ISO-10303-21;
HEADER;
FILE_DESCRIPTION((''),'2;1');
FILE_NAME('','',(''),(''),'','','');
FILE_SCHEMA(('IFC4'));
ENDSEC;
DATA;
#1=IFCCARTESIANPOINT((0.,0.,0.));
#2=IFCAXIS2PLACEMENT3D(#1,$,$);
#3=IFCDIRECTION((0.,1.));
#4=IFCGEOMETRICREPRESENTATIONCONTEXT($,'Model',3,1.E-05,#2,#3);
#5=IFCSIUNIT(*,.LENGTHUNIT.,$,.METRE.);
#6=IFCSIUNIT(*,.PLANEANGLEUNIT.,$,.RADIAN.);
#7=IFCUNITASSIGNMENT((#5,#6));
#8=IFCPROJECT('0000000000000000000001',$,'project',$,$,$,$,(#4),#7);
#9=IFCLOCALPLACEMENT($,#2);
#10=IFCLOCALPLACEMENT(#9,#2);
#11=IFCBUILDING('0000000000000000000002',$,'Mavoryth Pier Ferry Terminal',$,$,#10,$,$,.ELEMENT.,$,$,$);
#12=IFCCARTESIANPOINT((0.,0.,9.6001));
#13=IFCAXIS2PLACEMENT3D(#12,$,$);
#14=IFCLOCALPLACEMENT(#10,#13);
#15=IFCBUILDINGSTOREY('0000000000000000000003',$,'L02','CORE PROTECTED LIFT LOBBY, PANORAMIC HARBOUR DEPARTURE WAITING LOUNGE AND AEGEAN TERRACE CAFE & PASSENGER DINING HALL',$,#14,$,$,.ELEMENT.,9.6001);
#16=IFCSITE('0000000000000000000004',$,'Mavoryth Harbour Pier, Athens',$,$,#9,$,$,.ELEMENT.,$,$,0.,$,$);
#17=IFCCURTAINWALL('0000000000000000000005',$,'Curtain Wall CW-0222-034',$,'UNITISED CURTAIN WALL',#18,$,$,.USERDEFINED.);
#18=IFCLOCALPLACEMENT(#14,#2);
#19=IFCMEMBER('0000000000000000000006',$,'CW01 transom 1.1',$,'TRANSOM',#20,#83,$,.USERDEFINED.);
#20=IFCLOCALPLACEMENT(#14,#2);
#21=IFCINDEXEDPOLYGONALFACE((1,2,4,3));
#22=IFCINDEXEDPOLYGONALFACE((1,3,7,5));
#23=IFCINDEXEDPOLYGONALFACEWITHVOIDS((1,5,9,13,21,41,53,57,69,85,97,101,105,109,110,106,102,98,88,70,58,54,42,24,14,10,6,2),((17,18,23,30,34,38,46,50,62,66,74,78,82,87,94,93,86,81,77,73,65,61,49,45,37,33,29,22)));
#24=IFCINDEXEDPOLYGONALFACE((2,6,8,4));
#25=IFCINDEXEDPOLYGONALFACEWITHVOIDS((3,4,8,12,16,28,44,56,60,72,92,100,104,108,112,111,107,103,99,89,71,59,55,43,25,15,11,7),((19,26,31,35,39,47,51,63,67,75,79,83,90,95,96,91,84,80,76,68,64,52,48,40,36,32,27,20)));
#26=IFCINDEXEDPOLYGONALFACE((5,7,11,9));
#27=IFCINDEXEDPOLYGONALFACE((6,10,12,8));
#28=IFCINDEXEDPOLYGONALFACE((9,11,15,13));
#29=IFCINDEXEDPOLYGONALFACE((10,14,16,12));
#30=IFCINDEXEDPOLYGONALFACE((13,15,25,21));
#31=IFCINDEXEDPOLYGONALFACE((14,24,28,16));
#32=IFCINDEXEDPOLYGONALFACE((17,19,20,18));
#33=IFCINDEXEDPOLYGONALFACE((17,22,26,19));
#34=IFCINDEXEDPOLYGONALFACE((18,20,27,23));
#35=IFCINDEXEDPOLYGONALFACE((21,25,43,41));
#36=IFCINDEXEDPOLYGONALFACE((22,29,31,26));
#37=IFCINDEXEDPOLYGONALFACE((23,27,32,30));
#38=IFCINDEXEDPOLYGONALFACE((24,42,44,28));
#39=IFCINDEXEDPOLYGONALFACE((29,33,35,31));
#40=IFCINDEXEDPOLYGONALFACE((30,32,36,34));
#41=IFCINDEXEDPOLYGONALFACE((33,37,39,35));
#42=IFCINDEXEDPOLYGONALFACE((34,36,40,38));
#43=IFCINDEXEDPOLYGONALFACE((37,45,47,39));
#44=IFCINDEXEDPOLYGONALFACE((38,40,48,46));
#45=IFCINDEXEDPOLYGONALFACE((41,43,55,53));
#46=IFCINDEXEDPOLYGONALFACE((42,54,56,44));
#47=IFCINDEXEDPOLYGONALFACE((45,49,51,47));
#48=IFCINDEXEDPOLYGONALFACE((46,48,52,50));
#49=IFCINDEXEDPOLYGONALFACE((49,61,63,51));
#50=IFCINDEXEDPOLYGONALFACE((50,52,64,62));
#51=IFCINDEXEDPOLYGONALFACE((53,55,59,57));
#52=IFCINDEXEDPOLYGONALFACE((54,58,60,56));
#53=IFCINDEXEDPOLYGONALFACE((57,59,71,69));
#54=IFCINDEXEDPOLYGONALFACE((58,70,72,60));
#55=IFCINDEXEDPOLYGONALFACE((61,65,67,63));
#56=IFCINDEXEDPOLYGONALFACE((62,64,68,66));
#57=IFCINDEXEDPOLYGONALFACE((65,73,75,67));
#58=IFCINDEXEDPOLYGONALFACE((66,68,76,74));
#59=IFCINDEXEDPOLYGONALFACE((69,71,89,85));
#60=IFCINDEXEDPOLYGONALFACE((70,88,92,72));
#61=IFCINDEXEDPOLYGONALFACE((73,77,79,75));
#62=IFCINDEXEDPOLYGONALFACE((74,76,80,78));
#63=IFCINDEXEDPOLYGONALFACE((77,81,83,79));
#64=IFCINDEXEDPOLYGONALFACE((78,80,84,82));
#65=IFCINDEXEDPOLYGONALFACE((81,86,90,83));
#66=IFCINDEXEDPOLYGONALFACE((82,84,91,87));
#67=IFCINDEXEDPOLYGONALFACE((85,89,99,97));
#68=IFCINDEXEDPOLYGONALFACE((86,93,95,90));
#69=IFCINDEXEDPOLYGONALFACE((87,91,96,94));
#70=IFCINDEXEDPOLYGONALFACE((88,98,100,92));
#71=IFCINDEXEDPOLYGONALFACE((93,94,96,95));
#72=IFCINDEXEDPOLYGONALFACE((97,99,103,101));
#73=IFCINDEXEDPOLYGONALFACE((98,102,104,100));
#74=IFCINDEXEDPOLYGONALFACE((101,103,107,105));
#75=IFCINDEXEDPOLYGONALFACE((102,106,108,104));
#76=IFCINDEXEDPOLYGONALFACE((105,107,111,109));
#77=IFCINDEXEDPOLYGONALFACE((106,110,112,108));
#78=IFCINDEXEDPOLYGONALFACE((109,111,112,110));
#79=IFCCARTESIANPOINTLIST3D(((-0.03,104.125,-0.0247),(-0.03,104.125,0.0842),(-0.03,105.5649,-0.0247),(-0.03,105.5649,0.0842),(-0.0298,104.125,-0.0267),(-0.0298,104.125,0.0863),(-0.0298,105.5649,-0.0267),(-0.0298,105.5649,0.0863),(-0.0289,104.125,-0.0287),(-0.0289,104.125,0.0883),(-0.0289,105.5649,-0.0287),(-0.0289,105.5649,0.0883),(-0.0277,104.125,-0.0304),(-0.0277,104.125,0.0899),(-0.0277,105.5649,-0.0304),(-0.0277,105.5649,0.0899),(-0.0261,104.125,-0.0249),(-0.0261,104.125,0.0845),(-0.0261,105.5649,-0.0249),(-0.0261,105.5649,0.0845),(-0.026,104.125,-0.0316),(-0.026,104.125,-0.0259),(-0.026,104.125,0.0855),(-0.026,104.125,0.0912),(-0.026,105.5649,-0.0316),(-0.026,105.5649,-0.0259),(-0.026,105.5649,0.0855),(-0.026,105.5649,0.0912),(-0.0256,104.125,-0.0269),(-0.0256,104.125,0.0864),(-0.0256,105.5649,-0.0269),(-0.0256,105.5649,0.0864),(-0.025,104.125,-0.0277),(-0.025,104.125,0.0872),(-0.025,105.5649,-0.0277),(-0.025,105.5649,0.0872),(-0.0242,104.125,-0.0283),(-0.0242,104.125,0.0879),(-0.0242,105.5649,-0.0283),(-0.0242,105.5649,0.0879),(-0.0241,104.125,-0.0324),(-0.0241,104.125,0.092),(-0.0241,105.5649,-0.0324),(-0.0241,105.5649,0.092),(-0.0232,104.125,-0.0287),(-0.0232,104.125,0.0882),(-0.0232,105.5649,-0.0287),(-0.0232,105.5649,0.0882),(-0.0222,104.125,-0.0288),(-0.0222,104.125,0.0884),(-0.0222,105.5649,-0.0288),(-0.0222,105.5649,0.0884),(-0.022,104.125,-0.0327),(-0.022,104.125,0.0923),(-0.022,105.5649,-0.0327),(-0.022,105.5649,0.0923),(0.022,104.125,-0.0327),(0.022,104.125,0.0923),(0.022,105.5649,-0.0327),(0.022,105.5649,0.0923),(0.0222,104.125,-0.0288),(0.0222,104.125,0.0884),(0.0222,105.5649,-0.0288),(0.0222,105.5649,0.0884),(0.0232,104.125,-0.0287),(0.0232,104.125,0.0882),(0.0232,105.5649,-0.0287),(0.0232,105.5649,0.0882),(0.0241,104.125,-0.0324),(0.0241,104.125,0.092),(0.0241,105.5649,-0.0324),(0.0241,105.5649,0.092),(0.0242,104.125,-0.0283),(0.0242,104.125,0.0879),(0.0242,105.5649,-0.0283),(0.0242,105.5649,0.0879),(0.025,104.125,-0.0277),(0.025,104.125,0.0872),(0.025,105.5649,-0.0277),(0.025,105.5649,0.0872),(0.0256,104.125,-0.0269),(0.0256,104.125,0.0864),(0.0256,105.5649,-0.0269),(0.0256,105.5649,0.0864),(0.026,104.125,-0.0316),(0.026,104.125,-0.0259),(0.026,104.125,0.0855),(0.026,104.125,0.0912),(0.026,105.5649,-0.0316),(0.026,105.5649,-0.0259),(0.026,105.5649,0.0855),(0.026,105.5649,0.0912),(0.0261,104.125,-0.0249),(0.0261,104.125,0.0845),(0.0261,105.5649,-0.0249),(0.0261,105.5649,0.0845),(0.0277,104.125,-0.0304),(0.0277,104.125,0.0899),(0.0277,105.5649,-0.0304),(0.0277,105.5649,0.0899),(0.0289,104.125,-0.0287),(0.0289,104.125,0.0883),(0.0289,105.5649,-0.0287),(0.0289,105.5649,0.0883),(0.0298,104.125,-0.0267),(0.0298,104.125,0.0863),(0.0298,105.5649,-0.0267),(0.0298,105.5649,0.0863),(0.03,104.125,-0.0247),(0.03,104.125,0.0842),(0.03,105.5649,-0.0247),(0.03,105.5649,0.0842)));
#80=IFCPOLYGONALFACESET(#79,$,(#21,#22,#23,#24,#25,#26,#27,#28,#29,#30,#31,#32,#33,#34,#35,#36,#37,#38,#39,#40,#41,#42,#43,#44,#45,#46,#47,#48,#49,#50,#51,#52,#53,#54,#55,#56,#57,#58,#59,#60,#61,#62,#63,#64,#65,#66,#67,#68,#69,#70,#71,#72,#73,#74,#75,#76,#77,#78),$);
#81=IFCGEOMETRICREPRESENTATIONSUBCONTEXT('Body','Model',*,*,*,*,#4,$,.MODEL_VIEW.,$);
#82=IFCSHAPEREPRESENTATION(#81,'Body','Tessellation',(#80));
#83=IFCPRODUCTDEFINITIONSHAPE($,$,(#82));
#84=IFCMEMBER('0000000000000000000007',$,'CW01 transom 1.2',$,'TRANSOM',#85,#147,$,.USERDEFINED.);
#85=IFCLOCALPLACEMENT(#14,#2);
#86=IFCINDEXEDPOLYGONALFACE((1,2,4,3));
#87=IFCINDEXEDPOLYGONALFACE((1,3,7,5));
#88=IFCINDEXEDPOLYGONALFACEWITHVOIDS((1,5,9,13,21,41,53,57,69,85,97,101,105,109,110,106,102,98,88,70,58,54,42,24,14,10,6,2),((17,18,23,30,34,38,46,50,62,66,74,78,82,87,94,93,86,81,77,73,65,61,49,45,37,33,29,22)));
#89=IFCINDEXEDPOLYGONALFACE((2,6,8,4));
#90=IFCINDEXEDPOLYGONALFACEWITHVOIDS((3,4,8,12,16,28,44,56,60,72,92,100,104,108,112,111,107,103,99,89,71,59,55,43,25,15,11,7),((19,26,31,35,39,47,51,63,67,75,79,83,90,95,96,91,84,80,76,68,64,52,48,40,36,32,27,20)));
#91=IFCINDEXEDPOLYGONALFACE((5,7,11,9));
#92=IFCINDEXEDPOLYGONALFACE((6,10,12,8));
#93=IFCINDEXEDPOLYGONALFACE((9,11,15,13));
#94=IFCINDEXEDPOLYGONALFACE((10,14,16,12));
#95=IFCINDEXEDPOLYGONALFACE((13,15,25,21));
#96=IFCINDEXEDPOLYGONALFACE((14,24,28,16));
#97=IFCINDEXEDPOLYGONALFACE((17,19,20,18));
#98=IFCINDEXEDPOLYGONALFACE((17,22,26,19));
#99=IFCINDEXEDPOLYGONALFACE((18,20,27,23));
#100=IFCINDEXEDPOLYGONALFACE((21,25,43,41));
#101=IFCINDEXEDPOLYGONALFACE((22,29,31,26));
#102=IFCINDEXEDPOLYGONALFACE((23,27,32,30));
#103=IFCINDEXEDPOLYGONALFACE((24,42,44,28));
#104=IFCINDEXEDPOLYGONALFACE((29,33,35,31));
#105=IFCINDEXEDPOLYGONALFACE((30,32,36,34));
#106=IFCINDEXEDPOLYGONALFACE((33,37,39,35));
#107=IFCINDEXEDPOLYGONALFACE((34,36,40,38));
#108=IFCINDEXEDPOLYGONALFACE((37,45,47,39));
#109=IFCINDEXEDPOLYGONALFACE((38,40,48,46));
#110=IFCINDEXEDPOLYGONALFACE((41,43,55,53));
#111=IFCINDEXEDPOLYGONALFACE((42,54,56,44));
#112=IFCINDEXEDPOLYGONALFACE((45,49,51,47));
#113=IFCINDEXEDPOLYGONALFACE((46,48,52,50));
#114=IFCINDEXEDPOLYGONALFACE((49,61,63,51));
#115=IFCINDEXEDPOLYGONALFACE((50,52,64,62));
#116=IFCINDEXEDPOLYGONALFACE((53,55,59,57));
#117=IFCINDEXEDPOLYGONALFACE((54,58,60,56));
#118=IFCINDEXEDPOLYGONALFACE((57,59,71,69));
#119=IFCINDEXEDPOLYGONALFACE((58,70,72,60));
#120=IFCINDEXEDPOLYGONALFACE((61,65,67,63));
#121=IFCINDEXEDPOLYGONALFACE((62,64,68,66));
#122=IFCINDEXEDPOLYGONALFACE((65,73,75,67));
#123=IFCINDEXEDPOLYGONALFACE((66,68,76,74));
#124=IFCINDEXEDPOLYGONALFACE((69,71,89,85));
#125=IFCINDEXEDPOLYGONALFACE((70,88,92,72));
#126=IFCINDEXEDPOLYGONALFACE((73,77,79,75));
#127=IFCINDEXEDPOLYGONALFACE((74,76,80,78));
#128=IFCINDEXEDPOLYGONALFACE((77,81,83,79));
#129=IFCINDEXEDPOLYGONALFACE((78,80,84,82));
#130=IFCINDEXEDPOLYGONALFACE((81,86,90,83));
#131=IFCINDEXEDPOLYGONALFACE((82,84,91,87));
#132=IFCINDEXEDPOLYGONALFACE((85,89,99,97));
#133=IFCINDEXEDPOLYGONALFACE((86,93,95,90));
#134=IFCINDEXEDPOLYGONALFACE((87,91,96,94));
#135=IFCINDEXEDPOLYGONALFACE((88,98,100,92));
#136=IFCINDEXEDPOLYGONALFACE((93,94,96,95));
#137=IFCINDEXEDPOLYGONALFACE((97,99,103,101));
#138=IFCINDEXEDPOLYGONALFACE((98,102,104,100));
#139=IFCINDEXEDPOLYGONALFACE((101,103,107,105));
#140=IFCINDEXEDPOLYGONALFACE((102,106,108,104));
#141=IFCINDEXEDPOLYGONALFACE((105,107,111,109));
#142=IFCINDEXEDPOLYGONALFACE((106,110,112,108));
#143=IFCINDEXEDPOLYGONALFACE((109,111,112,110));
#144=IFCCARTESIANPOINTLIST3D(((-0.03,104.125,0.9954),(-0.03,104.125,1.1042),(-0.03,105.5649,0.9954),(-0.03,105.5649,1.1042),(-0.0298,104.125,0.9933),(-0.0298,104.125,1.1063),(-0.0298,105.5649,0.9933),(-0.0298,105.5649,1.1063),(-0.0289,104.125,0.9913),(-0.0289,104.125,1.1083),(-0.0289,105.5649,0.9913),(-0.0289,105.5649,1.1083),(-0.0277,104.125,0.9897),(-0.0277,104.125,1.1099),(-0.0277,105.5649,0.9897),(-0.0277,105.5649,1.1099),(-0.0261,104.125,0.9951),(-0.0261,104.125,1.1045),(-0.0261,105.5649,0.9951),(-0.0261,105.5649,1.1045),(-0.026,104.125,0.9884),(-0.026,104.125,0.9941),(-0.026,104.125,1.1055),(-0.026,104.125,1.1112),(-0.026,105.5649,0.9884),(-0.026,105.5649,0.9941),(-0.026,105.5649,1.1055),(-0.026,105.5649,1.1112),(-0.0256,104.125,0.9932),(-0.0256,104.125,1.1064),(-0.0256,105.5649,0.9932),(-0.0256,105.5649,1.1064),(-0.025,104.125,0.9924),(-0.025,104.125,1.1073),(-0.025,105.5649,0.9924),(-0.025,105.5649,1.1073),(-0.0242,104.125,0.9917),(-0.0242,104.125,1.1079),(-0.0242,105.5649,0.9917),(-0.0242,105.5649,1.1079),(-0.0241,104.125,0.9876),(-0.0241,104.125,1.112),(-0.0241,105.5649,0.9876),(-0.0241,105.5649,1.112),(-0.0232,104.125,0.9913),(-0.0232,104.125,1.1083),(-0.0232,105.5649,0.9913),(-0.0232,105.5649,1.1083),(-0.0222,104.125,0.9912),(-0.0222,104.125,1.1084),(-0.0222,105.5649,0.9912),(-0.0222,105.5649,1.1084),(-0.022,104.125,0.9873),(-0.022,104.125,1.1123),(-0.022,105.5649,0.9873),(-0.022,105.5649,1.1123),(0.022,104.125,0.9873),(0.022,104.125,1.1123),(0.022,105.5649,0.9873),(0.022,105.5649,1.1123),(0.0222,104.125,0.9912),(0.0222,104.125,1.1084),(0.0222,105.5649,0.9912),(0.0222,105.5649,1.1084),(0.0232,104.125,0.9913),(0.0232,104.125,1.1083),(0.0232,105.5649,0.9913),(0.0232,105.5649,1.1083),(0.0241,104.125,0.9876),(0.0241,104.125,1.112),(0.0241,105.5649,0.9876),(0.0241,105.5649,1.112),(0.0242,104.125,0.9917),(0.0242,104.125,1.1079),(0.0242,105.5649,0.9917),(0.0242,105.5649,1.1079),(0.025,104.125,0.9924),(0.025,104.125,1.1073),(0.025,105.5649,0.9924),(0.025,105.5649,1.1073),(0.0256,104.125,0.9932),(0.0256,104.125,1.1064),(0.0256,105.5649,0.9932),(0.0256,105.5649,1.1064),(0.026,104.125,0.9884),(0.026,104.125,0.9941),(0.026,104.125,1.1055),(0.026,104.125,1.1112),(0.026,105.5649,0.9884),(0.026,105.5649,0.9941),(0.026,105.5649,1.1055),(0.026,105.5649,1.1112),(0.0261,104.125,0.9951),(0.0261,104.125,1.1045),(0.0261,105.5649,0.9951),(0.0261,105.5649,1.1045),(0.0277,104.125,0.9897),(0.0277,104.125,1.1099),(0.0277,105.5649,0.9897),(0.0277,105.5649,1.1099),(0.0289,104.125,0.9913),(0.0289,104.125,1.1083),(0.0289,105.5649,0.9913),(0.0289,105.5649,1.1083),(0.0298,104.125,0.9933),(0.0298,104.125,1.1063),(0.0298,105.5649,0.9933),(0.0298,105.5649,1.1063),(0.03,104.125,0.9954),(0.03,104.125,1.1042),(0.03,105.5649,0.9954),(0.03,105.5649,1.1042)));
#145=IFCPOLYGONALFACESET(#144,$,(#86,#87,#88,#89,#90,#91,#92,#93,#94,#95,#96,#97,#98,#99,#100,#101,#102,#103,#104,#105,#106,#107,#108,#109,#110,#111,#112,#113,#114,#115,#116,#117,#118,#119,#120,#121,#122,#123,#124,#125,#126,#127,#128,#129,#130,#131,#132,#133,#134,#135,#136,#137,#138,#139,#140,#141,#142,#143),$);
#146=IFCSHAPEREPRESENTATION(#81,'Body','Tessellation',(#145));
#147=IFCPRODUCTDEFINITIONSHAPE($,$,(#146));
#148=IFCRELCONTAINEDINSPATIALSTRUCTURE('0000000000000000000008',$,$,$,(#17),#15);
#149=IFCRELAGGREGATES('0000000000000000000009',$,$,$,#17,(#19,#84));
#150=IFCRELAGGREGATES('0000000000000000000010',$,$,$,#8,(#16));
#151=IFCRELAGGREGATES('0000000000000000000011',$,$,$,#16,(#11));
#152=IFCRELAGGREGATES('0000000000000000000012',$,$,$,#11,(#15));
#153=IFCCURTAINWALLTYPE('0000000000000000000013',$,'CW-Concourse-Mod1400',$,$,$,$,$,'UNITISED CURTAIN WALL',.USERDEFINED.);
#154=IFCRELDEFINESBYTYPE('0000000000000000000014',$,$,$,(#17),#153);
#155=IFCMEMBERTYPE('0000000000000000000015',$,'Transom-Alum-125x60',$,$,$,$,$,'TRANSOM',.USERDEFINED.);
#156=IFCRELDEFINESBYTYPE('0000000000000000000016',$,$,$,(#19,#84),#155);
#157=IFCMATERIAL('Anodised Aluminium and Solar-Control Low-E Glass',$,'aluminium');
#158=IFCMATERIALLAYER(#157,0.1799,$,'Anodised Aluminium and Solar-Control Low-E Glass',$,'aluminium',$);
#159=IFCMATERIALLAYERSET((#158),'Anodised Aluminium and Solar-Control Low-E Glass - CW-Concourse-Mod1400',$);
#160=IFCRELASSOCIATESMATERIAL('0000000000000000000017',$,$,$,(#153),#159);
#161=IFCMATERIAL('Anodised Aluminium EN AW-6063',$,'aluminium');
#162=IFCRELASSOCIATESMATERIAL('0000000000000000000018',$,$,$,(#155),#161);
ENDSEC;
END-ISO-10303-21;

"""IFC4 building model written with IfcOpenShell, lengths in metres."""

from ifc_helpers import new_model, si_unit, direction, frame, origin, origin_2d, place, context, subcontext, project, spatial, hollow_rectangle, extrude, material, layer, layer_set, material_profile, profile_set, type_object, element, aggregate, save


model = new_model("IFC4")

# Units and contexts
model_context = context("Model", 3, precision=1e-05, world=origin(), true_north=direction((0.0, 1.0)))
body_context = subcontext(model_context, "Body", "Model", "MODEL_VIEW")
ifc_project = project(units=[si_unit("LENGTHUNIT", "METRE"), si_unit("PLANEANGLEUNIT", "RADIAN")], contexts=[model_context])

# Site, building, storey
site_placement = place(None, origin())
site = spatial("IfcSite", under=ifc_project, at=site_placement, Name="Mavoryth Harbour Pier, Athens", CompositionType="ELEMENT", RefElevation=0.0)
building_placement = place(site_placement, origin())
building = spatial("IfcBuilding", under=site, at=building_placement, Name="Mavoryth Pier Ferry Terminal", CompositionType="ELEMENT")
storey_placement = place(building_placement, frame((0.0, 0.0, 9.6001)))
storey = spatial("IfcBuildingStorey", under=building, at=storey_placement, Name="L02", Description="CORE PROTECTED LIFT LOBBY, PANORAMIC HARBOUR DEPARTURE WAITING LOUNGE AND AEGEAN TERRACE CAFE & PASSENGER DINING HALL", CompositionType="ELEMENT", Elevation=9.6001)

# Curtain wall
ifc_material_1 = material(Name="Anodised Aluminium and Solar-Control Low-E Glass", Category="aluminium")
ifc_layer_1 = layer(ifc_material_1, 0.1799, Name="Anodised Aluminium and Solar-Control Low-E Glass", Category="aluminium")
ifc_layer_set_1 = layer_set([ifc_layer_1], Name="Anodised Aluminium and Solar-Control Low-E Glass - CW-Concourse-Mod1400")
curtain_wall_type_1 = type_object("IfcCurtainWallType", Name="CW-Concourse-Mod1400", ElementType="UNITISED CURTAIN WALL", PredefinedType="USERDEFINED", material=ifc_layer_set_1)
curtain_wall_1_placement = place(storey_placement, origin())
curtain_wall_1 = element("IfcCurtainWall", 1, at=curtain_wall_1_placement, inside=storey, type_object=curtain_wall_type_1, Name="Curtain Wall CW-0222-034", ObjectType="UNITISED CURTAIN WALL", PredefinedType="USERDEFINED")
ifc_material_2 = material(Name="Anodised Aluminium EN AW-6063", Category="aluminium")

# Members
ifc_material_profile_1 = material_profile(ifc_material_2, hollow_rectangle(XDim=0.0601, YDim=0.125, WallThickness=0.0039, InnerFilletRadius=0.0039, OuterFilletRadius=0.0081, at=origin_2d()), Name="AL-TRAN 125x60x4", Category="aluminium")
ifc_profile_set_1 = profile_set([ifc_material_profile_1], Name="Anodised Aluminium EN AW-6063 - AL-TRAN 125x60x4")
member_type_1 = type_object("IfcMemberType", Name="Transom-Alum-125x60", ElementType="TRANSOM", PredefinedType="USERDEFINED", material=ifc_profile_set_1)
member_1_placement = place(storey_placement, frame((0.0, 105.5649, 0.0298), z_axis=(0.0, -1.0, 0.0), x_axis=(1.0, 0.0, 0.0)))
member_1 = element("IfcMember", 2, at=member_1_placement, type_object=member_type_1, Name="CW01 transom 1.1", ObjectType="TRANSOM", PredefinedType="USERDEFINED", context=body_context, shape_type="SweptSolid", body=[
    extrude(hollow_rectangle(XDim=0.0601, YDim=0.125, WallThickness=0.0039, InnerFilletRadius=0.0039, OuterFilletRadius=0.0081, at=origin_2d()), origin(), (0.0, 0.0, 1.0), 1.4399),
])
member_2_placement = place(storey_placement, frame((0.0, 105.5649, 1.0498), z_axis=(0.0, -1.0, 0.0), x_axis=(1.0, 0.0, 0.0)))
member_2 = element("IfcMember", 3, at=member_2_placement, type_object=member_type_1, Name="CW01 transom 1.2", ObjectType="TRANSOM", PredefinedType="USERDEFINED", context=body_context, shape_type="SweptSolid", body=[
    extrude(hollow_rectangle(XDim=0.0601, YDim=0.125, WallThickness=0.0039, InnerFilletRadius=0.0039, OuterFilletRadius=0.0081, at=origin_2d()), origin(), (0.0, 0.0, 1.0), 1.4399),
])

aggregate(curtain_wall_1, [member_1, member_2])

save(model, "model.ifc")
